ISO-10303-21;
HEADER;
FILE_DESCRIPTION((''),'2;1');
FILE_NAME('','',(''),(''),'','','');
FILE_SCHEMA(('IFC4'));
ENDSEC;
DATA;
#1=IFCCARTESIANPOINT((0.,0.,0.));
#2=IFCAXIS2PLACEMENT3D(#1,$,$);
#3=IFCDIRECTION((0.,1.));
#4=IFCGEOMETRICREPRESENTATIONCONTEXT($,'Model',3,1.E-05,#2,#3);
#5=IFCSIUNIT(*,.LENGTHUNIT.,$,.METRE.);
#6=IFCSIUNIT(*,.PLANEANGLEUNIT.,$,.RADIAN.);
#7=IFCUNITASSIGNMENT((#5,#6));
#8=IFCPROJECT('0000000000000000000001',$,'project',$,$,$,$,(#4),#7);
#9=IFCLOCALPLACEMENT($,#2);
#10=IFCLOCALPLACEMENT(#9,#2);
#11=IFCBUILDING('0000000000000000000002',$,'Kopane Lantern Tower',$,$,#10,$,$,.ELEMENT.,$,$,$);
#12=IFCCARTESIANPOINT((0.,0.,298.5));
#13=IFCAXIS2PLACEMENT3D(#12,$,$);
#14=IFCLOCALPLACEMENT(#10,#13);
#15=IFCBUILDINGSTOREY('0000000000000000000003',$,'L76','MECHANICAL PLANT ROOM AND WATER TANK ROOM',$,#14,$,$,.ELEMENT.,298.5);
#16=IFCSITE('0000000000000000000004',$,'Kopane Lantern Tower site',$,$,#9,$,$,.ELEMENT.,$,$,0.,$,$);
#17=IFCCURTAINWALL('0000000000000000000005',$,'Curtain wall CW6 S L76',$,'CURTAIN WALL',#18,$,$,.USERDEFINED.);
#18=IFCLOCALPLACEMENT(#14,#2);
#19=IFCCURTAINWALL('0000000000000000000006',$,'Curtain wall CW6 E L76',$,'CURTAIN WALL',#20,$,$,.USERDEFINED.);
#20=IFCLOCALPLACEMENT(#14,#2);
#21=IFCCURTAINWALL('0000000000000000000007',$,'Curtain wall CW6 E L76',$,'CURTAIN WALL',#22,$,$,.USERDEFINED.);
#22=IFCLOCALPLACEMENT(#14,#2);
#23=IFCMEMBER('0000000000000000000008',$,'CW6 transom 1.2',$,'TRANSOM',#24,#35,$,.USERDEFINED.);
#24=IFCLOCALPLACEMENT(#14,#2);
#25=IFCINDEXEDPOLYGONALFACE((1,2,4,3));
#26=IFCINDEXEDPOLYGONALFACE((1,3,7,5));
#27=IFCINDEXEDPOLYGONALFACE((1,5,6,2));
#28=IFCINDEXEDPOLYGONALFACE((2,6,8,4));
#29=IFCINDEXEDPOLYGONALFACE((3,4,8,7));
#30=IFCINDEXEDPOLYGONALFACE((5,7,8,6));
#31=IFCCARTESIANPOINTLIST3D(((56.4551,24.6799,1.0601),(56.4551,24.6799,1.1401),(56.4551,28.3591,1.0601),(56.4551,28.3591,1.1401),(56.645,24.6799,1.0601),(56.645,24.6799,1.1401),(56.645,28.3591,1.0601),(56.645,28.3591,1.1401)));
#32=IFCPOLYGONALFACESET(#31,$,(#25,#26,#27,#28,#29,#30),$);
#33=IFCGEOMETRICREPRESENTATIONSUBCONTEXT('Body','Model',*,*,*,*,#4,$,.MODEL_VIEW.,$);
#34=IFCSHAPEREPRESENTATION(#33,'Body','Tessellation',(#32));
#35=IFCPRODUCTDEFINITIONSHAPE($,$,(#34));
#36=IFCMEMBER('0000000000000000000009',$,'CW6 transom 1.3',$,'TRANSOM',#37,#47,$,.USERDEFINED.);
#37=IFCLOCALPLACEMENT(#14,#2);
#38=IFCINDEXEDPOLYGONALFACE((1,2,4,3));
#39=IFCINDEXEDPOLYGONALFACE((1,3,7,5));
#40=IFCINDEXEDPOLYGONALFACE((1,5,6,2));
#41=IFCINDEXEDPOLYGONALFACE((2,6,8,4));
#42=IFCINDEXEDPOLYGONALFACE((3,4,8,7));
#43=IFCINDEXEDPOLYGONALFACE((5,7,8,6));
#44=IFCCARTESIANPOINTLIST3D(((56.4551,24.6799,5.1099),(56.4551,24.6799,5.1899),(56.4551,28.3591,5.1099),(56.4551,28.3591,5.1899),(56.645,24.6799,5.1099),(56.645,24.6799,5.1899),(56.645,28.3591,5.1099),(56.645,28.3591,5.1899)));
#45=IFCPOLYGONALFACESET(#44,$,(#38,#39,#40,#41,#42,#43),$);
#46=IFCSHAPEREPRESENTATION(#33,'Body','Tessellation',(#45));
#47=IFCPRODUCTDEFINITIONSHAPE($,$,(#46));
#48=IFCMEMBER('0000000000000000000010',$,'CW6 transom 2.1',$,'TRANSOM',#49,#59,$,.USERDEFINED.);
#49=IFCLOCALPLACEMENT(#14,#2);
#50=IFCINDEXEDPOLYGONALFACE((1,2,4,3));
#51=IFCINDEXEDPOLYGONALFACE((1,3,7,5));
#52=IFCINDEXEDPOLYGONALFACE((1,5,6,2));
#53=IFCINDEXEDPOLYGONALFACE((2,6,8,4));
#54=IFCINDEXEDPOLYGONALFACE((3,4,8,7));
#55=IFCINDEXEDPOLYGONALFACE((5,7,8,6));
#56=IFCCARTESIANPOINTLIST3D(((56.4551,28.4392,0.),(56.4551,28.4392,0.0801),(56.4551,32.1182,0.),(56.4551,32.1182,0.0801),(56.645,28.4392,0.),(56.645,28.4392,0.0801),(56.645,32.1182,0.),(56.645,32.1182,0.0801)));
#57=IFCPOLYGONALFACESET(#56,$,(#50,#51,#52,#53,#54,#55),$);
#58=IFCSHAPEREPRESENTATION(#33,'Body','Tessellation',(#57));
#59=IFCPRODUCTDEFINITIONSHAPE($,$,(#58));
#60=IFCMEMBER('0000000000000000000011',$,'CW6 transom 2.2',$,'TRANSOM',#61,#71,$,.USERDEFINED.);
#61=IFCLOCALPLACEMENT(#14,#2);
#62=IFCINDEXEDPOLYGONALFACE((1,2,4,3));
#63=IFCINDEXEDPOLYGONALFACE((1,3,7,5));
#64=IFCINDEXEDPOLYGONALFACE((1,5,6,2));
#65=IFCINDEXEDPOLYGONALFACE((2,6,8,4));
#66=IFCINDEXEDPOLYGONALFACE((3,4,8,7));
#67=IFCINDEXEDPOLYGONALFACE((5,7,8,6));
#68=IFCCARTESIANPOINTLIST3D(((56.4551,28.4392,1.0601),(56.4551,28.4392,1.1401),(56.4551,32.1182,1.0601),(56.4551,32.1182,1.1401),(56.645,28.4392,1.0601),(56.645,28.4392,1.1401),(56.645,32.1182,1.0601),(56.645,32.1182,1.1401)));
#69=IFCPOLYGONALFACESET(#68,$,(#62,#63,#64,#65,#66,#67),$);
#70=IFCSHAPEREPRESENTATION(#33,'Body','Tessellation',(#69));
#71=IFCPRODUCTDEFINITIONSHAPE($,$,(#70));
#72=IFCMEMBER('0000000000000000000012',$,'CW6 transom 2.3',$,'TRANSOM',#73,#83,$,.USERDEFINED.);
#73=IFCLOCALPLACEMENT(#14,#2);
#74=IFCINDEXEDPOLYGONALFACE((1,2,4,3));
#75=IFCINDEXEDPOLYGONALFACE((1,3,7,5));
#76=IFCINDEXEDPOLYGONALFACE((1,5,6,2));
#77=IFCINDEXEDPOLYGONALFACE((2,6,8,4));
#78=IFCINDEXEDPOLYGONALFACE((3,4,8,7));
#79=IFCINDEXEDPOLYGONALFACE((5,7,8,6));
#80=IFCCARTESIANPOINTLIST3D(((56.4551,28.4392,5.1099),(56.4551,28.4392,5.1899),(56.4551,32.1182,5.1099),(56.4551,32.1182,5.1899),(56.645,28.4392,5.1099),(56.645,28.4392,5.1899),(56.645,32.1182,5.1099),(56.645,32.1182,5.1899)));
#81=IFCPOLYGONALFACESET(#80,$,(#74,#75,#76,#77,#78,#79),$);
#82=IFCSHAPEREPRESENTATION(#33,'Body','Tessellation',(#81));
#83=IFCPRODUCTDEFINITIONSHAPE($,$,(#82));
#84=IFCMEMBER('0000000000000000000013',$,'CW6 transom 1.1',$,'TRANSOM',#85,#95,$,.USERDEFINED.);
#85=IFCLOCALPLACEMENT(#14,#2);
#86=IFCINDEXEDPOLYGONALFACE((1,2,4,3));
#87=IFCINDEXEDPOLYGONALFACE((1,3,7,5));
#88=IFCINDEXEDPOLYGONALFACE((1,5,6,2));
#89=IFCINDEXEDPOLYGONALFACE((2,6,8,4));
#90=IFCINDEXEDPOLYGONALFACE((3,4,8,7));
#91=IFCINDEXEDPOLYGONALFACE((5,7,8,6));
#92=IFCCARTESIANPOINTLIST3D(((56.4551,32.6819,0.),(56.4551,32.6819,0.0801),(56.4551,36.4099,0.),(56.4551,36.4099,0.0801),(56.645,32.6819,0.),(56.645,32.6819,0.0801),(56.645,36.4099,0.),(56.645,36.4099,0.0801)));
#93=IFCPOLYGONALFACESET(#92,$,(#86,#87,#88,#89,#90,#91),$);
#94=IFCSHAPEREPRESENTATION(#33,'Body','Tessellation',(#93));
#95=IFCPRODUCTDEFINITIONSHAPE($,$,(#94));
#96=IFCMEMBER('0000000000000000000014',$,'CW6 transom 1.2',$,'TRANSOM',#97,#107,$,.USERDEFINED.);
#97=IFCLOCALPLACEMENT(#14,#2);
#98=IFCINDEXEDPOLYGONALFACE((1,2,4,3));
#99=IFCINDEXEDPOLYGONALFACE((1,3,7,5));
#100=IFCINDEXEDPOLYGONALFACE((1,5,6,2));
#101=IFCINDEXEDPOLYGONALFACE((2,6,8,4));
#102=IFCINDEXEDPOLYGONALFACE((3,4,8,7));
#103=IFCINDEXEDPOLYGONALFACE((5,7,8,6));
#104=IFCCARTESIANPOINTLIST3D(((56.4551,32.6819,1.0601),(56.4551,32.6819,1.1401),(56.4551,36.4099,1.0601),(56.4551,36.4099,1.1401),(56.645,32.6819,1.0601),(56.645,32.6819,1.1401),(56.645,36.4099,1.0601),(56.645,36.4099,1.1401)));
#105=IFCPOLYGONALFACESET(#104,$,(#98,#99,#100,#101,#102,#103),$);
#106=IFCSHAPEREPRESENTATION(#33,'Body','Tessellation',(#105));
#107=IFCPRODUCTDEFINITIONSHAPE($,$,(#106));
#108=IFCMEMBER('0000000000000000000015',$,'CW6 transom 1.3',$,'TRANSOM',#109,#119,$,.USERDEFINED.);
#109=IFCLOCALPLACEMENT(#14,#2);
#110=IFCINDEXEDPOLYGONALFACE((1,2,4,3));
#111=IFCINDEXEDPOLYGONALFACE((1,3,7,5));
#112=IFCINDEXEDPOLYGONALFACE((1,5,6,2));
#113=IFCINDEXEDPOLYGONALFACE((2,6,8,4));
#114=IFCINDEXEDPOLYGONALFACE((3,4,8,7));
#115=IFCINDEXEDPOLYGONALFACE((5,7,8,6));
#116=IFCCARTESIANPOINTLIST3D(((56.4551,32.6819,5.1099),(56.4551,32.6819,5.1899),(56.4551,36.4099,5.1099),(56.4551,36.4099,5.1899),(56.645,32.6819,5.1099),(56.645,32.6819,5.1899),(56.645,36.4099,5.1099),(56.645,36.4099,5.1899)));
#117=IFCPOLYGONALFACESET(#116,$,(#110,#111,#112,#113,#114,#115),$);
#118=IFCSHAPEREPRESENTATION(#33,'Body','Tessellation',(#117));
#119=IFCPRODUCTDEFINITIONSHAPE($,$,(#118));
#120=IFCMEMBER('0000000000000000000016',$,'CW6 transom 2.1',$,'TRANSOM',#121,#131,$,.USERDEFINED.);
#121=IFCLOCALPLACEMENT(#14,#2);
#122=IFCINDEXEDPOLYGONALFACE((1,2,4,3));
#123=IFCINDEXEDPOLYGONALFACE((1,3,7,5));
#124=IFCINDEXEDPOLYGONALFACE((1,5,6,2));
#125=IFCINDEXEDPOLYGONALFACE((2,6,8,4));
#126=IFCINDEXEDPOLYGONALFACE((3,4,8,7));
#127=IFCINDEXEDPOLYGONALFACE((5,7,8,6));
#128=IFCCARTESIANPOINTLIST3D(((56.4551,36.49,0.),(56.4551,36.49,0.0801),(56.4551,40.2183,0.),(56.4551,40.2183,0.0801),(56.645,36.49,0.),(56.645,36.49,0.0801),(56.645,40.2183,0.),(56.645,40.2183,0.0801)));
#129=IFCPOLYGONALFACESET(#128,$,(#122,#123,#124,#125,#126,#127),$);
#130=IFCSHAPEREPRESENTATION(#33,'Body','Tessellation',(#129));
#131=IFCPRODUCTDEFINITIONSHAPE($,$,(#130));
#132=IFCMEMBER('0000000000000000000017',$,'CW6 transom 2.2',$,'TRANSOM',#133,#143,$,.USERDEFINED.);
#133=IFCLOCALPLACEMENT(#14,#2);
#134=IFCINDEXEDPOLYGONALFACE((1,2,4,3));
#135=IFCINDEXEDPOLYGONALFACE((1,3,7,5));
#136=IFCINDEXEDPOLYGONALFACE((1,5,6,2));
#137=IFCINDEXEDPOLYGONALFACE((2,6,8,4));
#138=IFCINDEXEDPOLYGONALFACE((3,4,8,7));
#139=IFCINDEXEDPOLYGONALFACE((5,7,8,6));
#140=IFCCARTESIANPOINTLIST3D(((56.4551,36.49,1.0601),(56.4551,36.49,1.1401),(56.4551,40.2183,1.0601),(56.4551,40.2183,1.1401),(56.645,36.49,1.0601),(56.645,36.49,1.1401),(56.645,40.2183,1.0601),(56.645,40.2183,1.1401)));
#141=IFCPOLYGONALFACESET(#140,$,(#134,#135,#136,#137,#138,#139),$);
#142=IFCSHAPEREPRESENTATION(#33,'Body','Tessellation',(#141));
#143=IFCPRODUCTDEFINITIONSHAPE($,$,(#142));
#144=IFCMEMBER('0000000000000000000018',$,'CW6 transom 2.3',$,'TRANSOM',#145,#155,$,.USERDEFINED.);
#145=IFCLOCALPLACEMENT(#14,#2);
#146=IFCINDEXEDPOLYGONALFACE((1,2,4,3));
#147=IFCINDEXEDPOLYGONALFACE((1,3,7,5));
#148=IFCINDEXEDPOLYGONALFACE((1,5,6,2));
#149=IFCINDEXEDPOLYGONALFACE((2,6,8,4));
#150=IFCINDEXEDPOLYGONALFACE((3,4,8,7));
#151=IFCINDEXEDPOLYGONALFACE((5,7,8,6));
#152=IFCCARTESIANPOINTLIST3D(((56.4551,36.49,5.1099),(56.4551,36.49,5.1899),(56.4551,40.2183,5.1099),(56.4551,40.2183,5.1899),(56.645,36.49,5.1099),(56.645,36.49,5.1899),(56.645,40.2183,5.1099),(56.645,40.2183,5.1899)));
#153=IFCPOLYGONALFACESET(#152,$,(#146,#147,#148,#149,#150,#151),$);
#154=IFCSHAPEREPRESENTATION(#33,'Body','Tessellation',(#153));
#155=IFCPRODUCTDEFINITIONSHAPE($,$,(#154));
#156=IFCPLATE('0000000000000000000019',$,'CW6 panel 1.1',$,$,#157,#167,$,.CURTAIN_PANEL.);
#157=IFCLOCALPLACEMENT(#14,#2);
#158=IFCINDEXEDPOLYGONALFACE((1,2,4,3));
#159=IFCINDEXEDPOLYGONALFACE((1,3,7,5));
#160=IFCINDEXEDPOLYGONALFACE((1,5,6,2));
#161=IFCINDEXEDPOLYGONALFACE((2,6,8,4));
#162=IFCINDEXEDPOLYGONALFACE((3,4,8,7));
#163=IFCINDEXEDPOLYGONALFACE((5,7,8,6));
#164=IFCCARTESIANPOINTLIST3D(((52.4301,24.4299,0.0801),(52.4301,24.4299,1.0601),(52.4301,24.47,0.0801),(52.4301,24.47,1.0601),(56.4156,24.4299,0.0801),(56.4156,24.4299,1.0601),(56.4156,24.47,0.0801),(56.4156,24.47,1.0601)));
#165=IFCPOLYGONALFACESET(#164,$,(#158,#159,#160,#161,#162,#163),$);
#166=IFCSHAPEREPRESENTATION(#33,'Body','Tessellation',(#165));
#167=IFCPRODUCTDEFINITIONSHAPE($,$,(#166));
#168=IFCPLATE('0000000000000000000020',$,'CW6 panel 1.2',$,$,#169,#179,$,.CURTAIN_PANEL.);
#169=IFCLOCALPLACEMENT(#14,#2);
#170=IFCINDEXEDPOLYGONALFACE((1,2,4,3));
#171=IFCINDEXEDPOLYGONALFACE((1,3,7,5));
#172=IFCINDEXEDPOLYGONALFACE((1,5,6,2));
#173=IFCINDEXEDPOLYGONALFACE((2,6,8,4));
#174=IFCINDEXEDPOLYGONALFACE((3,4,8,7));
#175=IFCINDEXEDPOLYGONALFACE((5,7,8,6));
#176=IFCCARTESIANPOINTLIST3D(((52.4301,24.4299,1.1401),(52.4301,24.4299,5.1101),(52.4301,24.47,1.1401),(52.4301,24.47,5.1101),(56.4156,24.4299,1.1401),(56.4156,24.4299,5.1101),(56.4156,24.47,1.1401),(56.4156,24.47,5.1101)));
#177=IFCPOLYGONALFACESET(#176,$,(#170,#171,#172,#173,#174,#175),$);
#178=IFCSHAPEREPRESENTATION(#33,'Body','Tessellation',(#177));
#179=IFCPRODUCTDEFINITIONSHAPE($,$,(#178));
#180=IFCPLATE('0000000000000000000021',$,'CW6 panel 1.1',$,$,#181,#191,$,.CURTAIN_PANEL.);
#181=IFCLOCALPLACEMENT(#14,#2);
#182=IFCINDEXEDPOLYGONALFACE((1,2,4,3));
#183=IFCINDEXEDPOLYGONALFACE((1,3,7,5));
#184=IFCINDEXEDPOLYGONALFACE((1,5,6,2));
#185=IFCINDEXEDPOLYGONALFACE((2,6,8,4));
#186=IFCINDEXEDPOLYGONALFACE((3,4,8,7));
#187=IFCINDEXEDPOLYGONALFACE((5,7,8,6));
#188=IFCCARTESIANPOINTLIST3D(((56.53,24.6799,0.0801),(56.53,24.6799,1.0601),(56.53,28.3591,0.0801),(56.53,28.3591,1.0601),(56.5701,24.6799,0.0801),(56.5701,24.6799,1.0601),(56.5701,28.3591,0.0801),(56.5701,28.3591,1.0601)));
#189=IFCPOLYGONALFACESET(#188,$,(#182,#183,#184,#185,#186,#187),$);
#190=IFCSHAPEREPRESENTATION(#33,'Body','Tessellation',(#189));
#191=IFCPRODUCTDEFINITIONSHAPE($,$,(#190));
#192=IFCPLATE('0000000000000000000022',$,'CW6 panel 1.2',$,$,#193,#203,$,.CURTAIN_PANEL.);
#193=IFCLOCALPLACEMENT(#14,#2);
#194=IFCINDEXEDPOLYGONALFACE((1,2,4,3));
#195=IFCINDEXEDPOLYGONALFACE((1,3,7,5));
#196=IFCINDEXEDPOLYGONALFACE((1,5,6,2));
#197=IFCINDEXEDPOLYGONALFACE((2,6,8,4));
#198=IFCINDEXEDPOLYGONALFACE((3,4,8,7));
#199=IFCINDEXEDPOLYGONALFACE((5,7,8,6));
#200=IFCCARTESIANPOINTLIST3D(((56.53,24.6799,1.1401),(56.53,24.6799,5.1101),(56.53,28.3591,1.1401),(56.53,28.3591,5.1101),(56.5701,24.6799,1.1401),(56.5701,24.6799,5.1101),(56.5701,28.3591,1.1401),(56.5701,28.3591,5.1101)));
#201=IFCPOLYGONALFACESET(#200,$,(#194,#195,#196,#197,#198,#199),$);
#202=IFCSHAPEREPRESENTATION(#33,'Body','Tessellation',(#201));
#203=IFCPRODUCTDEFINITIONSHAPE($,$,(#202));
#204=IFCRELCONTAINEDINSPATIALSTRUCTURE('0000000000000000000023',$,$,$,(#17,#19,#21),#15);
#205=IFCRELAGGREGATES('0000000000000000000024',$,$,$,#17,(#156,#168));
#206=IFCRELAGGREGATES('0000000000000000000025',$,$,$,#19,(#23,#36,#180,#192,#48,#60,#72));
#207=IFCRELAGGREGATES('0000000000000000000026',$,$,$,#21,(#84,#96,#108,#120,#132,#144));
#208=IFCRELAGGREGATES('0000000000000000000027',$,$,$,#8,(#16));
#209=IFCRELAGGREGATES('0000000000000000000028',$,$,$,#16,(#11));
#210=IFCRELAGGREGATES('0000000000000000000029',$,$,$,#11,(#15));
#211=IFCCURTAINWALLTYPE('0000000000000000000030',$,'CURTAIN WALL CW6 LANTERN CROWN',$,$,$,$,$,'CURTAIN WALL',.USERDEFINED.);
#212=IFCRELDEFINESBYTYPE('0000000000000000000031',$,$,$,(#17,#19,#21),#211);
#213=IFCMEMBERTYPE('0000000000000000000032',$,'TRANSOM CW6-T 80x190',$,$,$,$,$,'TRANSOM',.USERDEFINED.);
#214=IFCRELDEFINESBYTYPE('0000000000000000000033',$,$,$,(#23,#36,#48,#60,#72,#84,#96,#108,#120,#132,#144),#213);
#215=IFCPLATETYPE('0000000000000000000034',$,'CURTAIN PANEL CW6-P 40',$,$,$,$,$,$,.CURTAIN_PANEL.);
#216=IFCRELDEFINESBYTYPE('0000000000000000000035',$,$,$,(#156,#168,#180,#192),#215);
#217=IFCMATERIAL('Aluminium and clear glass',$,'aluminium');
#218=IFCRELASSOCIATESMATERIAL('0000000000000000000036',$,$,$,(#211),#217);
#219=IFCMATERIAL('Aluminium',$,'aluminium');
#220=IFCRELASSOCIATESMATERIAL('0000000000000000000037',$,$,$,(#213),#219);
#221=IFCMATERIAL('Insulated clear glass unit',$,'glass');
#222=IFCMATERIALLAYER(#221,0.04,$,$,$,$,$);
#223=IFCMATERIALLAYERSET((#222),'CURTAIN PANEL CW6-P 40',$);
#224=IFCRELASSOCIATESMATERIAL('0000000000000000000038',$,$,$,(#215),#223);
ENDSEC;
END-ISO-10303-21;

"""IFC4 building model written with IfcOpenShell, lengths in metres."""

from ifc_helpers import new_model, si_unit, direction, frame, origin, origin_2d, place, context, subcontext, project, spatial, rectangle, extrude, material, layer, layer_set, material_profile, profile_set, type_object, element, aggregate, save


model = new_model("IFC4")

# Units and contexts
model_context = context("Model", 3, precision=1e-05, world=origin(), true_north=direction((0.0, 1.0)))
body_context = subcontext(model_context, "Body", "Model", "MODEL_VIEW")
ifc_project = project(units=[si_unit("LENGTHUNIT", "METRE"), si_unit("PLANEANGLEUNIT", "RADIAN")], contexts=[model_context])

# Site, building, storey
site_placement = place(None, origin())
site = spatial("IfcSite", under=ifc_project, at=site_placement, Name="Kopane Lantern Tower site", CompositionType="ELEMENT", RefElevation=0.0)
building_placement = place(site_placement, origin())
building = spatial("IfcBuilding", under=site, at=building_placement, Name="Kopane Lantern Tower", CompositionType="ELEMENT")
storey_placement = place(building_placement, frame((0.0, 0.0, 298.5)))
storey = spatial("IfcBuildingStorey", under=building, at=storey_placement, Name="L76", Description="MECHANICAL PLANT ROOM AND WATER TANK ROOM", CompositionType="ELEMENT", Elevation=298.5)

# Curtain walls
ifc_material_1 = material(Name="Aluminium and clear glass", Category="aluminium")
curtain_wall_type = type_object("IfcCurtainWallType", Name="CURTAIN WALL CW6 LANTERN CROWN", ElementType="CURTAIN WALL", PredefinedType="USERDEFINED", material=ifc_material_1)
curtain_wall_1_placement = place(storey_placement, origin())
curtain_wall_1 = element("IfcCurtainWall", 1, at=curtain_wall_1_placement, inside=storey, type_object=curtain_wall_type, Name="Curtain wall CW6 S L76", ObjectType="CURTAIN WALL", PredefinedType="USERDEFINED")
curtain_wall_2_placement = place(storey_placement, origin())
curtain_wall_2 = element("IfcCurtainWall", 2, at=curtain_wall_2_placement, inside=storey, type_object=curtain_wall_type, Name="Curtain wall CW6 E L76", ObjectType="CURTAIN WALL", PredefinedType="USERDEFINED")
curtain_wall_3_placement = place(storey_placement, origin())
curtain_wall_3 = element("IfcCurtainWall", 3, at=curtain_wall_3_placement, inside=storey, type_object=curtain_wall_type, Name="Curtain wall CW6 E L76", ObjectType="CURTAIN WALL", PredefinedType="USERDEFINED")

# Members
ifc_material_2 = material(Name="Aluminium", Category="aluminium")
ifc_material_profile_1 = material_profile(ifc_material_2, rectangle(XDim=0.1899, YDim=0.0801, at=origin_2d()), Name="AL 190x80")
ifc_profile_set_1 = profile_set([ifc_material_profile_1], Name="Aluminium")
member_type_1 = type_object("IfcMemberType", Name="TRANSOM CW6-T 80x190", ElementType="TRANSOM", PredefinedType="USERDEFINED", material=ifc_profile_set_1)
member_1_placement = place(storey_placement, frame((56.55, 24.6799, 1.1001), z_axis=(0.0, 1.0, 0.0), x_axis=(-1.0, 0.0, 0.0)))
member_1 = element("IfcMember", 4, at=member_1_placement, type_object=member_type_1, Name="CW6 transom 1.2", ObjectType="TRANSOM", PredefinedType="USERDEFINED", context=body_context, shape_type="SweptSolid", body=[
    extrude(rectangle(XDim=0.1899, YDim=0.0801, at=origin_2d()), origin(), (0.0, 0.0, 1.0), 3.6792),
])
member_2_placement = place(storey_placement, frame((56.55, 24.6799, 5.1499), z_axis=(0.0, 1.0, 0.0), x_axis=(-1.0, 0.0, 0.0)))
member_2 = element("IfcMember", 5, at=member_2_placement, type_object=member_type_1, Name="CW6 transom 1.3", ObjectType="TRANSOM", PredefinedType="USERDEFINED", context=body_context, shape_type="SweptSolid", body=[
    extrude(rectangle(XDim=0.1899, YDim=0.0801, at=origin_2d()), origin(), (0.0, 0.0, 1.0), 3.6792),
])
member_3_placement = place(storey_placement, frame((56.55, 28.4392, 0.04), z_axis=(0.0, 1.0, 0.0), x_axis=(-1.0, 0.0, 0.0)))
member_3 = element("IfcMember", 6, at=member_3_placement, type_object=member_type_1, Name="CW6 transom 2.1", ObjectType="TRANSOM", PredefinedType="USERDEFINED", context=body_context, shape_type="SweptSolid", body=[
    extrude(rectangle(XDim=0.1899, YDim=0.0801, at=origin_2d()), origin(), (0.0, 0.0, 1.0), 3.679),
])
member_4_placement = place(storey_placement, frame((56.55, 28.4392, 1.1001), z_axis=(0.0, 1.0, 0.0), x_axis=(-1.0, 0.0, 0.0)))
member_4 = element("IfcMember", 7, at=member_4_placement, type_object=member_type_1, Name="CW6 transom 2.2", ObjectType="TRANSOM", PredefinedType="USERDEFINED", context=body_context, shape_type="SweptSolid", body=[
    extrude(rectangle(XDim=0.1899, YDim=0.0801, at=origin_2d()), origin(), (0.0, 0.0, 1.0), 3.679),
])
member_5_placement = place(storey_placement, frame((56.55, 28.4392, 5.1499), z_axis=(0.0, 1.0, 0.0), x_axis=(-1.0, 0.0, 0.0)))
member_5 = element("IfcMember", 8, at=member_5_placement, type_object=member_type_1, Name="CW6 transom 2.3", ObjectType="TRANSOM", PredefinedType="USERDEFINED", context=body_context, shape_type="SweptSolid", body=[
    extrude(rectangle(XDim=0.1899, YDim=0.0801, at=origin_2d()), origin(), (0.0, 0.0, 1.0), 3.679),
])
member_6_placement = place(storey_placement, frame((56.55, 32.6819, 0.04), z_axis=(0.0, 1.0, 0.0), x_axis=(-1.0, 0.0, 0.0)))
member_6 = element("IfcMember", 9, at=member_6_placement, type_object=member_type_1, Name="CW6 transom 1.1", ObjectType="TRANSOM", PredefinedType="USERDEFINED", context=body_context, shape_type="SweptSolid", body=[
    extrude(rectangle(XDim=0.1899, YDim=0.0801, at=origin_2d()), origin(), (0.0, 0.0, 1.0), 3.728),
])
member_7_placement = place(storey_placement, frame((56.55, 32.6819, 1.1001), z_axis=(0.0, 1.0, 0.0), x_axis=(-1.0, 0.0, 0.0)))
member_7 = element("IfcMember", 10, at=member_7_placement, type_object=member_type_1, Name="CW6 transom 1.2", ObjectType="TRANSOM", PredefinedType="USERDEFINED", context=body_context, shape_type="SweptSolid", body=[
    extrude(rectangle(XDim=0.1899, YDim=0.0801, at=origin_2d()), origin(), (0.0, 0.0, 1.0), 3.728),
])
member_8_placement = place(storey_placement, frame((56.55, 32.6819, 5.1499), z_axis=(0.0, 1.0, 0.0), x_axis=(-1.0, 0.0, 0.0)))
member_8 = element("IfcMember", 11, at=member_8_placement, type_object=member_type_1, Name="CW6 transom 1.3", ObjectType="TRANSOM", PredefinedType="USERDEFINED", context=body_context, shape_type="SweptSolid", body=[
    extrude(rectangle(XDim=0.1899, YDim=0.0801, at=origin_2d()), origin(), (0.0, 0.0, 1.0), 3.728),
])
member_9_placement = place(storey_placement, frame((56.55, 36.49, 0.04), z_axis=(0.0, 1.0, 0.0), x_axis=(-1.0, 0.0, 0.0)))
member_9 = element("IfcMember", 12, at=member_9_placement, type_object=member_type_1, Name="CW6 transom 2.1", ObjectType="TRANSOM", PredefinedType="USERDEFINED", context=body_context, shape_type="SweptSolid", body=[
    extrude(rectangle(XDim=0.1899, YDim=0.0801, at=origin_2d()), origin(), (0.0, 0.0, 1.0), 3.7283),
])
member_10_placement = place(storey_placement, frame((56.55, 36.49, 1.1001), z_axis=(0.0, 1.0, 0.0), x_axis=(-1.0, 0.0, 0.0)))
member_10 = element("IfcMember", 13, at=member_10_placement, type_object=member_type_1, Name="CW6 transom 2.2", ObjectType="TRANSOM", PredefinedType="USERDEFINED", context=body_context, shape_type="SweptSolid", body=[
    extrude(rectangle(XDim=0.1899, YDim=0.0801, at=origin_2d()), origin(), (0.0, 0.0, 1.0), 3.7283),
])
member_11_placement = place(storey_placement, frame((56.55, 36.49, 5.1499), z_axis=(0.0, 1.0, 0.0), x_axis=(-1.0, 0.0, 0.0)))
member_11 = element("IfcMember", 14, at=member_11_placement, type_object=member_type_1, Name="CW6 transom 2.3", ObjectType="TRANSOM", PredefinedType="USERDEFINED", context=body_context, shape_type="SweptSolid", body=[
    extrude(rectangle(XDim=0.1899, YDim=0.0801, at=origin_2d()), origin(), (0.0, 0.0, 1.0), 3.7283),
])

# Plates
ifc_material_3 = material(Name="Insulated clear glass unit", Category="glass")
ifc_layer = layer(ifc_material_3, 0.04)
ifc_layer_set = layer_set([ifc_layer], Name="CURTAIN PANEL CW6-P 40")
plate_type = type_object("IfcPlateType", Name="CURTAIN PANEL CW6-P 40", PredefinedType="CURTAIN_PANEL", material=ifc_layer_set)
plate_1_placement = place(storey_placement, frame((54.4229, 24.45, 0.0801), z_axis=(0.0, 0.0, 1.0), x_axis=(1.0, 0.0, 0.0)))
plate_1 = element("IfcPlate", 15, at=plate_1_placement, type_object=plate_type, Name="CW6 panel 1.1", PredefinedType="CURTAIN_PANEL", context=body_context, shape_type="SweptSolid", body=[
    extrude(rectangle(XDim=3.9856, YDim=0.04, at=origin_2d()), origin(), (0.0, 0.0, 1.0), 0.98),
])
plate_2_placement = place(storey_placement, frame((54.4229, 24.45, 1.1401), z_axis=(0.0, 0.0, 1.0), x_axis=(1.0, 0.0, 0.0)))
plate_2 = element("IfcPlate", 16, at=plate_2_placement, type_object=plate_type, Name="CW6 panel 1.2", PredefinedType="CURTAIN_PANEL", context=body_context, shape_type="SweptSolid", body=[
    extrude(rectangle(XDim=3.9856, YDim=0.04, at=origin_2d()), origin(), (0.0, 0.0, 1.0), 3.97),
])
aggregate(curtain_wall_1, [plate_1, plate_2])
plate_3_placement = place(storey_placement, frame((56.55, 26.5195, 0.0801), z_axis=(0.0, 0.0, 1.0), x_axis=(0.0, 1.0, 0.0)))
plate_3 = element("IfcPlate", 17, at=plate_3_placement, type_object=plate_type, Name="CW6 panel 1.1", PredefinedType="CURTAIN_PANEL", context=body_context, shape_type="SweptSolid", body=[
    extrude(rectangle(XDim=3.6792, YDim=0.04, at=origin_2d()), origin(), (0.0, 0.0, 1.0), 0.98),
])
plate_4_placement = place(storey_placement, frame((56.55, 26.5195, 1.1401), z_axis=(0.0, 0.0, 1.0), x_axis=(0.0, 1.0, 0.0)))
plate_4 = element("IfcPlate", 18, at=plate_4_placement, type_object=plate_type, Name="CW6 panel 1.2", PredefinedType="CURTAIN_PANEL", context=body_context, shape_type="SweptSolid", body=[
    extrude(rectangle(XDim=3.6792, YDim=0.04, at=origin_2d()), origin(), (0.0, 0.0, 1.0), 3.97),
])
aggregate(curtain_wall_2, [member_1, member_2, plate_3, plate_4, member_3, member_4, member_5])
aggregate(curtain_wall_3, [member_6, member_7, member_8, member_9, member_10, member_11])

save(model, "model.ifc")
